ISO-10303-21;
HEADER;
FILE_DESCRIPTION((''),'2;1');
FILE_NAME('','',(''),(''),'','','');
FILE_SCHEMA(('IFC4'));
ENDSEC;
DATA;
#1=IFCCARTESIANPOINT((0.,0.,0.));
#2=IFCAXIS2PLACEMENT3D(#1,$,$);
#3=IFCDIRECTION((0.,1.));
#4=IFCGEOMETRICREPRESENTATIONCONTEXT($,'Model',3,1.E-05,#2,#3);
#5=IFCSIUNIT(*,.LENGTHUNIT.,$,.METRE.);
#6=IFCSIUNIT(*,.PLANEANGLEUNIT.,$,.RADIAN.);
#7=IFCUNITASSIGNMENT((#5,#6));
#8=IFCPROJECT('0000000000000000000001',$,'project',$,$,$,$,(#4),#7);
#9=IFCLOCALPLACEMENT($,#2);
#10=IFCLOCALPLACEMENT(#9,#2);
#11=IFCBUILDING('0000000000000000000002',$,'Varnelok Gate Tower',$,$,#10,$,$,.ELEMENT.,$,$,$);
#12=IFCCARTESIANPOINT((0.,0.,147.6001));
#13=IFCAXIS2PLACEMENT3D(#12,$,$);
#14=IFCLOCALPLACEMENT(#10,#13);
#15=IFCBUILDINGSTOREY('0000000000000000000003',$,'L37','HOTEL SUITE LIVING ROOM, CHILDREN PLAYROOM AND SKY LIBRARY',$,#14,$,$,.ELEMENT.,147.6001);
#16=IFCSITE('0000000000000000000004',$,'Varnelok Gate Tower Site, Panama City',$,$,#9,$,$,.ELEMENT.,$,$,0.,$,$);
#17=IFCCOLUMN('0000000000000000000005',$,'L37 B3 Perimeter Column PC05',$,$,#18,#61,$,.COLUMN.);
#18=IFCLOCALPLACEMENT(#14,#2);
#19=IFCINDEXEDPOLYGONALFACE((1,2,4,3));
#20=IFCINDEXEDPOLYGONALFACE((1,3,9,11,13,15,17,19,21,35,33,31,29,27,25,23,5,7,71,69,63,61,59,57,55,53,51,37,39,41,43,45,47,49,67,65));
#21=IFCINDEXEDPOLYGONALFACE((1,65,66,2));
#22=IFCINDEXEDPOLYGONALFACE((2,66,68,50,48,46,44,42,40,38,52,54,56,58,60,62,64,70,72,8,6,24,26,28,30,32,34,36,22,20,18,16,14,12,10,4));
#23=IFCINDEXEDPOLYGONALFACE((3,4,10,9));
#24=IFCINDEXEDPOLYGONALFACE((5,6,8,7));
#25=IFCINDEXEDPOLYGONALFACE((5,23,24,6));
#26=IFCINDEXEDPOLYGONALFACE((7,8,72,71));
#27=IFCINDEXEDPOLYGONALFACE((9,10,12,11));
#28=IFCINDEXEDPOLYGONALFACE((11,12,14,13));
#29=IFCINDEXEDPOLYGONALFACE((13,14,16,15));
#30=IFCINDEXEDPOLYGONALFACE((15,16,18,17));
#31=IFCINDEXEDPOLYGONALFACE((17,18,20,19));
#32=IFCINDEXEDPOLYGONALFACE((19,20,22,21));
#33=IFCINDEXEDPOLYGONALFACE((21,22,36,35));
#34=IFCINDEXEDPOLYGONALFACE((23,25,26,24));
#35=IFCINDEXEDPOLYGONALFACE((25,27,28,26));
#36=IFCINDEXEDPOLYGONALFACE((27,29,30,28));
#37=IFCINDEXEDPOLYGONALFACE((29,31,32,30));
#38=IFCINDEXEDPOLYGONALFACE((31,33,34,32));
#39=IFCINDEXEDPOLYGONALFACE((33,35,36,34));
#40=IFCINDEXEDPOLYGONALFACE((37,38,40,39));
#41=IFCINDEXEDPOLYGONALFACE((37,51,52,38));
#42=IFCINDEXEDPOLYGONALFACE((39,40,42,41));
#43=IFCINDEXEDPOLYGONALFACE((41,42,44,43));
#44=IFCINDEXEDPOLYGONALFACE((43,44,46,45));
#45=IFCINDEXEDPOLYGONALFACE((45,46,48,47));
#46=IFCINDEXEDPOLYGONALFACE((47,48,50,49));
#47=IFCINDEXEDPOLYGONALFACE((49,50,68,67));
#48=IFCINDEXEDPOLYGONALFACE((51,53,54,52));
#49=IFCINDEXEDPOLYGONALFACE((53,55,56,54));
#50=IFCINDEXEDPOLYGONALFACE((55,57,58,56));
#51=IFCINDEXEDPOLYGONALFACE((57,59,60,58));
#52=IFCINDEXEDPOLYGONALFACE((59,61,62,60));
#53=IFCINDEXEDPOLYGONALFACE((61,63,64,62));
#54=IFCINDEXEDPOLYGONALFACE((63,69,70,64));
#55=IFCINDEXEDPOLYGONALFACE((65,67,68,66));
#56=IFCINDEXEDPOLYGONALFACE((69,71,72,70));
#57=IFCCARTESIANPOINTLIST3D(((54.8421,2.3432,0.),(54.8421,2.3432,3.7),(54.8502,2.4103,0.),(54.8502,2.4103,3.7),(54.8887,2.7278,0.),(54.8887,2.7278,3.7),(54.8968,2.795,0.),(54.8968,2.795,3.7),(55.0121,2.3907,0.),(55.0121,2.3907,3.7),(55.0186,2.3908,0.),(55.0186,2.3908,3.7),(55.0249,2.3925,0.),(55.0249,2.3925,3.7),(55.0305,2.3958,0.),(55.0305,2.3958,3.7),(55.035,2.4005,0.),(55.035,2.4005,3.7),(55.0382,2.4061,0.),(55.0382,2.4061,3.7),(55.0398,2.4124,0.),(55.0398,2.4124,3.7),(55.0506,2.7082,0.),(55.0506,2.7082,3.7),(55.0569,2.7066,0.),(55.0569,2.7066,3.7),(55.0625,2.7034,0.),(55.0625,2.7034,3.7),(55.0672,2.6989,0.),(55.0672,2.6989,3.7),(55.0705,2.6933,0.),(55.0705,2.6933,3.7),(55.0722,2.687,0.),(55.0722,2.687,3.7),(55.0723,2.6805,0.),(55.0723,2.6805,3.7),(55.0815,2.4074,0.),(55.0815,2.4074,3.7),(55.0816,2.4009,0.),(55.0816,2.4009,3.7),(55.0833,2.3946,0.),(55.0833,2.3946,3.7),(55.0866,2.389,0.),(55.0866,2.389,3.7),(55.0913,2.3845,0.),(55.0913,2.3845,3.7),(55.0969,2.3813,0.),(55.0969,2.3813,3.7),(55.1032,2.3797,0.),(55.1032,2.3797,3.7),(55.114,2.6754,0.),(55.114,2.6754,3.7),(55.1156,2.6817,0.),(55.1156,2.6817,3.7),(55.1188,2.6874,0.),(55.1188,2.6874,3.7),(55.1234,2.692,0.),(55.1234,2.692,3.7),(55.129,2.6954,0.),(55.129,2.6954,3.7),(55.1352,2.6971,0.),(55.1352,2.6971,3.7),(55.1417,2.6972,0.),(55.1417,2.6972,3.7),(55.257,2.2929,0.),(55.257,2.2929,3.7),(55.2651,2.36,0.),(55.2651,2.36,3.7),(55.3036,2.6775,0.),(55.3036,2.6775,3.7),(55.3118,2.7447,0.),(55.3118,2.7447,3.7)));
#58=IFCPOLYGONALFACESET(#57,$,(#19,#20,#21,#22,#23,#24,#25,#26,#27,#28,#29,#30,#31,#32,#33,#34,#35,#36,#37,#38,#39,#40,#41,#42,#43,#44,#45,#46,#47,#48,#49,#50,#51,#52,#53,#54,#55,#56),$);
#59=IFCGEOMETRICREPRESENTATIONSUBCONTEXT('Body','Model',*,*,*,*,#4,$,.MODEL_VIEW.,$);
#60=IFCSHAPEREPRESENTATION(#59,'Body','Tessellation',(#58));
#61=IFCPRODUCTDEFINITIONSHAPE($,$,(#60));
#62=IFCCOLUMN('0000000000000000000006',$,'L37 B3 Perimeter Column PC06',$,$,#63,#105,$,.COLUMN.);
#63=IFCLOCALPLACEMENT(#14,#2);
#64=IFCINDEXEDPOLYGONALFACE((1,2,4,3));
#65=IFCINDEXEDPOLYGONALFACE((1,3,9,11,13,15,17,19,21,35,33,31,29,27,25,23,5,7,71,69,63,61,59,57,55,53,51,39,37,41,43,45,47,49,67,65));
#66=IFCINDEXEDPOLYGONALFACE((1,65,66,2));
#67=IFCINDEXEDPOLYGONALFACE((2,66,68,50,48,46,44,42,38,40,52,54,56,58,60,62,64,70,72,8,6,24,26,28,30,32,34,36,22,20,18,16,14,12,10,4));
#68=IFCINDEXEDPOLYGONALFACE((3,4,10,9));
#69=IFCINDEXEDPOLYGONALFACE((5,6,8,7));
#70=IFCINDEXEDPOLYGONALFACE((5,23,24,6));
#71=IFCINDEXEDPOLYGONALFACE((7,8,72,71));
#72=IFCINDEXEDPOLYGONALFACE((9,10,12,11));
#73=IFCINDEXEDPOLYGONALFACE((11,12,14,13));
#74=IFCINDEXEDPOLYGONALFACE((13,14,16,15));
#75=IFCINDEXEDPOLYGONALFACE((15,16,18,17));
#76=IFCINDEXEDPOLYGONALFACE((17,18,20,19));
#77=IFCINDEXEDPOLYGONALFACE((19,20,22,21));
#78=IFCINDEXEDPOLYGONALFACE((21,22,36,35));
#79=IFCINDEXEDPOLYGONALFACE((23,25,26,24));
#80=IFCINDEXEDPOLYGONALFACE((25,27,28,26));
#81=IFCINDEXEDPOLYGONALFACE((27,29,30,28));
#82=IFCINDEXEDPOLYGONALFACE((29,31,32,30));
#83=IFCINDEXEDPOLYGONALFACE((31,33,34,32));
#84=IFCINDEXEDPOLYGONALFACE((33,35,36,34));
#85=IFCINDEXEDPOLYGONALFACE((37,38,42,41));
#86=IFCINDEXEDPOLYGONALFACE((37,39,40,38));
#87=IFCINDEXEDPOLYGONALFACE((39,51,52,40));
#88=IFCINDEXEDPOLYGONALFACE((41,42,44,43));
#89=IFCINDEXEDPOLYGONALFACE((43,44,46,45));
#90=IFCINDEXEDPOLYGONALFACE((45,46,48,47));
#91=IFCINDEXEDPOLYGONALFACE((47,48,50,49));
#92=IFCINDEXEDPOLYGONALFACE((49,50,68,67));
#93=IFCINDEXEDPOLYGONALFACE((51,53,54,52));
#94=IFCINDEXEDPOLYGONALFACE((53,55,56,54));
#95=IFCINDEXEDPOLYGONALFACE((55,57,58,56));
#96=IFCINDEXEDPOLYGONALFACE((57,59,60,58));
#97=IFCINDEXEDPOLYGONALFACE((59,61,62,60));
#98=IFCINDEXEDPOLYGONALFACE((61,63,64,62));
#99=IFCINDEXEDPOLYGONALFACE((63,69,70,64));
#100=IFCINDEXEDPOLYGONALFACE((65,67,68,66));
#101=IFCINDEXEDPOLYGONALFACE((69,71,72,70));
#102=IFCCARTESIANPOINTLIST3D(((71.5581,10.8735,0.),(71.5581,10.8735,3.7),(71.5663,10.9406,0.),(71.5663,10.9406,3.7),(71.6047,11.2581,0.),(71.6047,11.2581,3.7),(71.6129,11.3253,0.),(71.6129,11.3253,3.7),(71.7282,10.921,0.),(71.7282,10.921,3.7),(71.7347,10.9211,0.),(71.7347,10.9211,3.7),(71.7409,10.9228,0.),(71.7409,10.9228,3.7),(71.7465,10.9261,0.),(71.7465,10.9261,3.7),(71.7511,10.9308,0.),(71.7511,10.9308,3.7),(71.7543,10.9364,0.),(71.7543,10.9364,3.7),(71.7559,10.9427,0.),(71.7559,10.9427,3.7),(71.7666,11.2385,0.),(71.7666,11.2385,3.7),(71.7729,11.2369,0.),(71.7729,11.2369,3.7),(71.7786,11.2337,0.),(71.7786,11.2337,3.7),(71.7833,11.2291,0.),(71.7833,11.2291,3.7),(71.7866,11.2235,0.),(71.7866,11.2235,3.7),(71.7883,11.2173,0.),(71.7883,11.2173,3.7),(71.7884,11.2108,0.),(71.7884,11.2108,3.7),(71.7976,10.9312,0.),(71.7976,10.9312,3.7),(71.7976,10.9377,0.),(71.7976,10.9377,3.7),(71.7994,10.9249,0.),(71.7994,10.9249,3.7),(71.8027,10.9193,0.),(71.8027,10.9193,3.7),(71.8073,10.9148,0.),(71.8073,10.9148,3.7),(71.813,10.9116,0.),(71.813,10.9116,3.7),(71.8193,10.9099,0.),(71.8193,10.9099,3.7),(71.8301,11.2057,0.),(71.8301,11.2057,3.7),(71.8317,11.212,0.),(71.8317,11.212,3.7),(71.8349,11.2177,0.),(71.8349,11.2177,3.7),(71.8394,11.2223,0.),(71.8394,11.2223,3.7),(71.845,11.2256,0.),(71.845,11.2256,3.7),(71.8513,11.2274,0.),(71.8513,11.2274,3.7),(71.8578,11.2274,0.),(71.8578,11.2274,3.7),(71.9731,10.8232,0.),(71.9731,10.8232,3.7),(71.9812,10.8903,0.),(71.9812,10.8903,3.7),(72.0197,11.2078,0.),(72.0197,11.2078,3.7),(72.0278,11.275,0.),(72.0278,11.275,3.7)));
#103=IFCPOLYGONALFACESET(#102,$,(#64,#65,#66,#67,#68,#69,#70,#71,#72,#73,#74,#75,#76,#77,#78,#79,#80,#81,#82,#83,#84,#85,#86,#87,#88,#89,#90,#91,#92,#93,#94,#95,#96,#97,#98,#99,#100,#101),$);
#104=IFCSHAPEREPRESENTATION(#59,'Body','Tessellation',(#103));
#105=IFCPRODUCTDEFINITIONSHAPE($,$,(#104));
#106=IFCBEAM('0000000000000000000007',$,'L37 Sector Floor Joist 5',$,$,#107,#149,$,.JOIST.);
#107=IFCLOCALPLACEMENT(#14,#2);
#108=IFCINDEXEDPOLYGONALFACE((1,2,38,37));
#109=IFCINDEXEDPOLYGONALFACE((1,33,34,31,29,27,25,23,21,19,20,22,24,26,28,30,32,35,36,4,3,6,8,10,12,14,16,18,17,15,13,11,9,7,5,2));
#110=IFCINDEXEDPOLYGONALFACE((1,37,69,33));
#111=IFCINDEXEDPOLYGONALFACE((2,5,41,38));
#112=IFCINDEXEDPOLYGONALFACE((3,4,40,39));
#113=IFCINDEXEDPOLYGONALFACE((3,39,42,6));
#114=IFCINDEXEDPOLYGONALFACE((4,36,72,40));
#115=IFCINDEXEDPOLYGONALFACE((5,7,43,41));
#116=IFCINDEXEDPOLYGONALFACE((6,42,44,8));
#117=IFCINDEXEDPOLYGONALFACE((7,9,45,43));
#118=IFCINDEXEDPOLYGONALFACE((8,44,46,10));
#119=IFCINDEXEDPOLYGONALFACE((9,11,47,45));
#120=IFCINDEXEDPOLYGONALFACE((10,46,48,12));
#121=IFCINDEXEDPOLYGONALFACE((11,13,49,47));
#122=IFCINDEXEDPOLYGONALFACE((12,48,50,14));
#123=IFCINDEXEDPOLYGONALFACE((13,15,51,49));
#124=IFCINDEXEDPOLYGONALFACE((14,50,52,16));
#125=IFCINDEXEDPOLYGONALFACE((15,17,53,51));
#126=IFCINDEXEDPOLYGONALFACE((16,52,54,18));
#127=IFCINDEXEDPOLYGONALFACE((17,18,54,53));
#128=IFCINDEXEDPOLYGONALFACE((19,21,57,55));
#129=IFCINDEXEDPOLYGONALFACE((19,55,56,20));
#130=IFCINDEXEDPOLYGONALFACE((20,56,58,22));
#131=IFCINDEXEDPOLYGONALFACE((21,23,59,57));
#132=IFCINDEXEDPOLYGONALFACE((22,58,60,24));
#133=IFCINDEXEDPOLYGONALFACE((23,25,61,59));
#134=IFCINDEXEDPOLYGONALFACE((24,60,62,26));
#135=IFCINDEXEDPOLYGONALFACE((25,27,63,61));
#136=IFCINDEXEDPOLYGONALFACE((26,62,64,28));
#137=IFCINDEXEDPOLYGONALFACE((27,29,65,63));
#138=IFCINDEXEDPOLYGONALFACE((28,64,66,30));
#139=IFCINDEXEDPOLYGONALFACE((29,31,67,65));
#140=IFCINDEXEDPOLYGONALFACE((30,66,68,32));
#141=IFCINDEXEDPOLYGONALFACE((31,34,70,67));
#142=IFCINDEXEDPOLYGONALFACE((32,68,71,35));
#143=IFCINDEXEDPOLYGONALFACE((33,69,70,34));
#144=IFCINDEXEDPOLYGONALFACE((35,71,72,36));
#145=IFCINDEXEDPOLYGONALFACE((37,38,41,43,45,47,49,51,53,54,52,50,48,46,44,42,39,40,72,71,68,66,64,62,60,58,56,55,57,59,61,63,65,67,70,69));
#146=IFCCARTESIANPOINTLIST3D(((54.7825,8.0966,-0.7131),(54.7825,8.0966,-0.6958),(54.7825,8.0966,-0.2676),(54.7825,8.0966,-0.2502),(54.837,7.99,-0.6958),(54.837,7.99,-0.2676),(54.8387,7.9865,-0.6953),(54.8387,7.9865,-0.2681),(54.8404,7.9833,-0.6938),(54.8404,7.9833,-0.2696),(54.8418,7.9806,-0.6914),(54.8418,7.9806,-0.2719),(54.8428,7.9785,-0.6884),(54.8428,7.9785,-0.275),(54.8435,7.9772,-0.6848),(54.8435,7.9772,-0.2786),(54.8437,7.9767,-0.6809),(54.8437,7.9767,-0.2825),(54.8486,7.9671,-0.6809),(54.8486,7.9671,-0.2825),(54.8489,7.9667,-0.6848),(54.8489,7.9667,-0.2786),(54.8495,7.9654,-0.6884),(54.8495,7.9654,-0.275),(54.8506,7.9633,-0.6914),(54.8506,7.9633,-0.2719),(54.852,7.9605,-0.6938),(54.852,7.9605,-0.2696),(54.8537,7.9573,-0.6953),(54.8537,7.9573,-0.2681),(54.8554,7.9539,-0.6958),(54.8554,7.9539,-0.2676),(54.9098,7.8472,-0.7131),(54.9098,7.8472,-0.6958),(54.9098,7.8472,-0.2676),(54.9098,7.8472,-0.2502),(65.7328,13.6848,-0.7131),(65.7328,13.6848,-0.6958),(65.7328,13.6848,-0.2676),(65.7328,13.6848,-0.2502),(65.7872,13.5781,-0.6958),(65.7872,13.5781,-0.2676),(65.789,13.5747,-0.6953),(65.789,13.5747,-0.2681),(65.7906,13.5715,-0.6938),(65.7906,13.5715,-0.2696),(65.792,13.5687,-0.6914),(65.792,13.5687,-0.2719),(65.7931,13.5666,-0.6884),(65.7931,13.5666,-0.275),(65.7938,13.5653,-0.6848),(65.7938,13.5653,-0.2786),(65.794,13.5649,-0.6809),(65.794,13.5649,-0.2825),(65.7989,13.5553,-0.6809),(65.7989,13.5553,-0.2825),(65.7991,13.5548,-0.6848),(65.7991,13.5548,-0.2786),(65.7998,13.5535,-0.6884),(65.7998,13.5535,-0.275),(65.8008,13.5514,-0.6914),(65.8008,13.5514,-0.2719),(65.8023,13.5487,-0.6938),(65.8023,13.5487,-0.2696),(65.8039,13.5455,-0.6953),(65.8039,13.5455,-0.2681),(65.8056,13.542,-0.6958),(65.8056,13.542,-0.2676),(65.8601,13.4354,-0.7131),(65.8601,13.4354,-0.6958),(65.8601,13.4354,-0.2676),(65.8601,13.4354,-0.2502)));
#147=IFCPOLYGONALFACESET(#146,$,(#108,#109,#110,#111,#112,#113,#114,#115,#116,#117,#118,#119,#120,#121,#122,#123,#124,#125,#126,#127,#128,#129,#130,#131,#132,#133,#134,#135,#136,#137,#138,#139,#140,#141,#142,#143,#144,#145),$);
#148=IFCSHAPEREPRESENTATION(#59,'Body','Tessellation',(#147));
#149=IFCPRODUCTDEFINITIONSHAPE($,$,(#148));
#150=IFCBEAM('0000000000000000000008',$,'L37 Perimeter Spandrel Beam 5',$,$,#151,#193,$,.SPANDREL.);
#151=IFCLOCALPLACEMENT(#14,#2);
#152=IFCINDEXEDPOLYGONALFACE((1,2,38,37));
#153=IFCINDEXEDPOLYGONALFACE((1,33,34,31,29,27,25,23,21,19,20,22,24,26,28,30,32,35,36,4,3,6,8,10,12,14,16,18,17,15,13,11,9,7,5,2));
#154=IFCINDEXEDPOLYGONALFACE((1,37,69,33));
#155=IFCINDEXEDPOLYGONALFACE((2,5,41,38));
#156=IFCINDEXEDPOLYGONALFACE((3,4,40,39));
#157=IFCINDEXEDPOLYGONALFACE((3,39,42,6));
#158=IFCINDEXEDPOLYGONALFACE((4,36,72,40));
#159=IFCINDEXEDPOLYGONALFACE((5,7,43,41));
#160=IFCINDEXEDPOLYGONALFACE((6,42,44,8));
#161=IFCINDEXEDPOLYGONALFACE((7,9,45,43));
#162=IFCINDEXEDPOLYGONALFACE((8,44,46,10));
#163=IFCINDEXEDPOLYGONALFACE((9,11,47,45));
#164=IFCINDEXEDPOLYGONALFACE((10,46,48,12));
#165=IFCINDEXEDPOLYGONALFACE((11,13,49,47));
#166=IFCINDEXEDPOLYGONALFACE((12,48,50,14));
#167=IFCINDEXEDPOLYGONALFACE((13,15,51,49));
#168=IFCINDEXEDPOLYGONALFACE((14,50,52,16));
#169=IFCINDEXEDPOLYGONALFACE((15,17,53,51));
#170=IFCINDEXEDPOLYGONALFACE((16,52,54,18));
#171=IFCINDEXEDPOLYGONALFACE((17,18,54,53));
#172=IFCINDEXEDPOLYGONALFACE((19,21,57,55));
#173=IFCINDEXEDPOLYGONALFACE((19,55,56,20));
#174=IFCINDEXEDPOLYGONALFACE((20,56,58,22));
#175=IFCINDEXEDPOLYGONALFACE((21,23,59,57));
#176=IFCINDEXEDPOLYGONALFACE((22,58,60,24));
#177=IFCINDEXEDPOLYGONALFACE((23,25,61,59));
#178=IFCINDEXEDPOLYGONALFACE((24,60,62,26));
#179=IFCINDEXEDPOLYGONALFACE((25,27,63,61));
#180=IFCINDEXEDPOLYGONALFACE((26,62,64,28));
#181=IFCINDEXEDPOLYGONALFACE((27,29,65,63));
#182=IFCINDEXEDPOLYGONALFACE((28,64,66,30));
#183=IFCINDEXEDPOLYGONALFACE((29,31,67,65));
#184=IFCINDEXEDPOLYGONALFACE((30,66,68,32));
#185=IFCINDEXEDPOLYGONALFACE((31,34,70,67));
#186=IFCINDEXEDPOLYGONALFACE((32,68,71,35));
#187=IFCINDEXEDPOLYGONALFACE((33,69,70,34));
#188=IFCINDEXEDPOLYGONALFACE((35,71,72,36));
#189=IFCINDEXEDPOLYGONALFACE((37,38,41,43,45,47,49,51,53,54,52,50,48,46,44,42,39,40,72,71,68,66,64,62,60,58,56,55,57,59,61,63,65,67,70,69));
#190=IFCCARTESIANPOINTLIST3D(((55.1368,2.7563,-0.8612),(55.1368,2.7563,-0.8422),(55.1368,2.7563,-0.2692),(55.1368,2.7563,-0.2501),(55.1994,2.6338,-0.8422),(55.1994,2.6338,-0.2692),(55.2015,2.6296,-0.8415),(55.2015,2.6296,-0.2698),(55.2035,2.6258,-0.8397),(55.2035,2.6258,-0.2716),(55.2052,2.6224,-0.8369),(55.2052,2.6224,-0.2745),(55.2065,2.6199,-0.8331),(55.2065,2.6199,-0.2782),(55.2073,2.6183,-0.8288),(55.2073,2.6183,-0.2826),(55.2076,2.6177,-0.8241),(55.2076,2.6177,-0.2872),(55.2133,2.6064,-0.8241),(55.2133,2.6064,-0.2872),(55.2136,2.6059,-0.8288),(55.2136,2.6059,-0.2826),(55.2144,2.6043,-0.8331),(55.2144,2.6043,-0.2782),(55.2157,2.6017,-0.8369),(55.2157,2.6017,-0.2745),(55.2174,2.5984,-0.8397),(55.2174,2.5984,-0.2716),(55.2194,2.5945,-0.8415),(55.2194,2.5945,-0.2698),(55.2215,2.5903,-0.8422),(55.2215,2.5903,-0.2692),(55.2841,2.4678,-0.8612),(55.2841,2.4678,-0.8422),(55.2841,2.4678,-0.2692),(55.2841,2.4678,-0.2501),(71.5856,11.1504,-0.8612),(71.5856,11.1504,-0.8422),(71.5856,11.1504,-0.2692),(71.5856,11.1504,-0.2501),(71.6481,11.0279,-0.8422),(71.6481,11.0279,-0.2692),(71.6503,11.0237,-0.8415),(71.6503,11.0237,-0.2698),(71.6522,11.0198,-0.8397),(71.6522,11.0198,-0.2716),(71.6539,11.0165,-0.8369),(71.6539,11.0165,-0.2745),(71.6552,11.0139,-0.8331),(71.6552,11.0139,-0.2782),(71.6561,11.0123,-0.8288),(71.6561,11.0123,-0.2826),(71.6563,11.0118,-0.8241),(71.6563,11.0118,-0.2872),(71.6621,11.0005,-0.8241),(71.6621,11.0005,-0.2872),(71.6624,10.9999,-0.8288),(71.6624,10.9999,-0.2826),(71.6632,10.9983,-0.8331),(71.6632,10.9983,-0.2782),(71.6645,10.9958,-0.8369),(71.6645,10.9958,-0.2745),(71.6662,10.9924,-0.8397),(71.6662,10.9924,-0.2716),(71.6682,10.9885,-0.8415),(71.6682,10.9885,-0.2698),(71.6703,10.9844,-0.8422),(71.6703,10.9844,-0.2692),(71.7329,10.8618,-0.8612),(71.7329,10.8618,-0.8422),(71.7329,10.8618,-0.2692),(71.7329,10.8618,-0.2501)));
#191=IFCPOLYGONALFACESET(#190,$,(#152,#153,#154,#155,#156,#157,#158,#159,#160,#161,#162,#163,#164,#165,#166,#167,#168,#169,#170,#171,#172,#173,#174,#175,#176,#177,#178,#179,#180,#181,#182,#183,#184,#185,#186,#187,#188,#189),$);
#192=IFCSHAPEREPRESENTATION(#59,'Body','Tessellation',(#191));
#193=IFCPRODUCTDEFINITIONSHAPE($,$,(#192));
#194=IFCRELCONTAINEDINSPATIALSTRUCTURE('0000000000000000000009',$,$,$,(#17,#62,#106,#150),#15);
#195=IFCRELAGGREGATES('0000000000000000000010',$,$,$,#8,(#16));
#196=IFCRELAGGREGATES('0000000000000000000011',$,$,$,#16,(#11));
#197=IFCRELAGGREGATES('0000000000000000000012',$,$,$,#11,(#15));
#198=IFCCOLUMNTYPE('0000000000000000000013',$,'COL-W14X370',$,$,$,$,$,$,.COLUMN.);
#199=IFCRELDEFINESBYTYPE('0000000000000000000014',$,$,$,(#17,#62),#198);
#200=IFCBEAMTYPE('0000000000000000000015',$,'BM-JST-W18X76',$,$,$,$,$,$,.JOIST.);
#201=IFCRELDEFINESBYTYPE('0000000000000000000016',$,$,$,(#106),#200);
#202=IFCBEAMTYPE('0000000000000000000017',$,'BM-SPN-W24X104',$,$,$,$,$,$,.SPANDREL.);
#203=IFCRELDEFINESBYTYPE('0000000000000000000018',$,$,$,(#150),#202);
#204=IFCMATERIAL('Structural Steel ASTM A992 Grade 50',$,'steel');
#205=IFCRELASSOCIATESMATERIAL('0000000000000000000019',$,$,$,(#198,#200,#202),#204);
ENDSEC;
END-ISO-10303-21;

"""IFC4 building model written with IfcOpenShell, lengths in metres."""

from ifc_helpers import new_model, si_unit, direction, frame, origin, origin_2d, place, context, subcontext, project, spatial, i_section, extrude, material, material_profile, profile_set, type_object, element, save


model = new_model("IFC4")

# Units and contexts
model_context = context("Model", 3, precision=1e-05, world=origin(), true_north=direction((0.0, 1.0)))
body_context = subcontext(model_context, "Body", "Model", "MODEL_VIEW")
ifc_project = project(units=[si_unit("LENGTHUNIT", "METRE"), si_unit("PLANEANGLEUNIT", "RADIAN")], contexts=[model_context])

# Site, building, storey
site_placement = place(None, origin())
site = spatial("IfcSite", under=ifc_project, at=site_placement, Name="Varnelok Gate Tower Site, Panama City", CompositionType="ELEMENT", RefElevation=0.0)
building_placement = place(site_placement, origin())
building = spatial("IfcBuilding", under=site, at=building_placement, Name="Varnelok Gate Tower", CompositionType="ELEMENT")
storey_placement = place(building_placement, frame((0.0, 0.0, 147.6001)))
storey = spatial("IfcBuildingStorey", under=building, at=storey_placement, Name="L37", Description="HOTEL SUITE LIVING ROOM, CHILDREN PLAYROOM AND SKY LIBRARY", CompositionType="ELEMENT", Elevation=147.6001)

# Columns
ifc_material_1 = material(Name="Structural Steel ASTM A992 Grade 50", Category="steel")
ifc_material_profile_1 = material_profile(ifc_material_1, i_section(OverallWidth=0.418, OverallDepth=0.4551, WebThickness=0.042, FlangeThickness=0.0676, FilletRadius=0.0249, at=origin_2d()), Name="W14X370")
ifc_profile_set_1 = profile_set([ifc_material_profile_1], Name="Structural Steel ASTM A992 Grade 50")
column_type = type_object("IfcColumnType", Name="COL-W14X370", PredefinedType="COLUMN", material=ifc_profile_set_1)
for number, where, z_axis, x_axis, name in (
    (1, (55.0769, 2.5439, 0.0), (0.0, 0.0, 1.0), (0.992732, -0.120345, 0.0), "L37 B3 Perimeter Column PC05"),
    (2, (71.793, 11.0742, 0.0), (0.0, 0.0, 1.0), (0.992732, -0.120345, 0.0), "L37 B3 Perimeter Column PC06"),
):
    element("IfcColumn", number, at=place(storey_placement, frame(where, z_axis=z_axis, x_axis=x_axis)), inside=storey, type_object=column_type, Name=name, PredefinedType="COLUMN", context=body_context, shape_type="SweptSolid", body=[
        extrude(i_section(OverallWidth=0.418, OverallDepth=0.4551, WebThickness=0.042, FlangeThickness=0.0676, FilletRadius=0.0249, at=origin_2d()), origin(), (0.0, 0.0, 1.0), 3.7),
    ])

# Beams
ifc_material_profile_2 = material_profile(ifc_material_1, i_section(OverallWidth=0.28, OverallDepth=0.4629, WebThickness=0.0107, FlangeThickness=0.0173, FilletRadius=0.0149, at=origin_2d()), Name="W18X76")
ifc_profile_set_2 = profile_set([ifc_material_profile_2], Name="Structural Steel ASTM A992 Grade 50")
beam_type_1 = type_object("IfcBeamType", Name="BM-JST-W18X76", PredefinedType="JOIST", material=ifc_profile_set_2)
beam_1_placement = place(storey_placement, frame((54.8462, 7.9719, -0.4817), z_axis=(0.890719, 0.454554, 0.0), x_axis=(-0.454554, 0.890719, 0.0)))
element("IfcBeam", 3, at=beam_1_placement, inside=storey, type_object=beam_type_1, Name="L37 Sector Floor Joist 5", PredefinedType="JOIST", context=body_context, shape_type="SweptSolid", body=[
    extrude(i_section(OverallWidth=0.28, OverallDepth=0.4629, WebThickness=0.0107, FlangeThickness=0.0173, FilletRadius=0.0149, at=origin_2d()), origin(), (0.0, 0.0, 1.0), 12.2937),
])
ifc_material_profile_3 = material_profile(ifc_material_1, i_section(OverallWidth=0.324, OverallDepth=0.6111, WebThickness=0.0127, FlangeThickness=0.019, FilletRadius=0.0181, at=origin_2d()), Name="W24X104")
ifc_profile_set_3 = profile_set([ifc_material_profile_3], Name="Structural Steel ASTM A992 Grade 50")
beam_type_2 = type_object("IfcBeamType", Name="BM-SPN-W24X104", PredefinedType="SPANDREL", material=ifc_profile_set_3)
beam_2_placement = place(storey_placement, frame((55.2104, 2.6121, -0.5557), z_axis=(0.890722, 0.454549, 0.0), x_axis=(-0.454549, 0.890722, 0.0)))
element("IfcBeam", 4, at=beam_2_placement, inside=storey, type_object=beam_type_2, Name="L37 Perimeter Spandrel Beam 5", PredefinedType="SPANDREL", context=body_context, shape_type="SweptSolid", body=[
    extrude(i_section(OverallWidth=0.324, OverallDepth=0.6111, WebThickness=0.0127, FlangeThickness=0.019, FilletRadius=0.0181, at=origin_2d()), origin(), (0.0, 0.0, 1.0), 18.4668),
])

save(model, "model.ifc")
